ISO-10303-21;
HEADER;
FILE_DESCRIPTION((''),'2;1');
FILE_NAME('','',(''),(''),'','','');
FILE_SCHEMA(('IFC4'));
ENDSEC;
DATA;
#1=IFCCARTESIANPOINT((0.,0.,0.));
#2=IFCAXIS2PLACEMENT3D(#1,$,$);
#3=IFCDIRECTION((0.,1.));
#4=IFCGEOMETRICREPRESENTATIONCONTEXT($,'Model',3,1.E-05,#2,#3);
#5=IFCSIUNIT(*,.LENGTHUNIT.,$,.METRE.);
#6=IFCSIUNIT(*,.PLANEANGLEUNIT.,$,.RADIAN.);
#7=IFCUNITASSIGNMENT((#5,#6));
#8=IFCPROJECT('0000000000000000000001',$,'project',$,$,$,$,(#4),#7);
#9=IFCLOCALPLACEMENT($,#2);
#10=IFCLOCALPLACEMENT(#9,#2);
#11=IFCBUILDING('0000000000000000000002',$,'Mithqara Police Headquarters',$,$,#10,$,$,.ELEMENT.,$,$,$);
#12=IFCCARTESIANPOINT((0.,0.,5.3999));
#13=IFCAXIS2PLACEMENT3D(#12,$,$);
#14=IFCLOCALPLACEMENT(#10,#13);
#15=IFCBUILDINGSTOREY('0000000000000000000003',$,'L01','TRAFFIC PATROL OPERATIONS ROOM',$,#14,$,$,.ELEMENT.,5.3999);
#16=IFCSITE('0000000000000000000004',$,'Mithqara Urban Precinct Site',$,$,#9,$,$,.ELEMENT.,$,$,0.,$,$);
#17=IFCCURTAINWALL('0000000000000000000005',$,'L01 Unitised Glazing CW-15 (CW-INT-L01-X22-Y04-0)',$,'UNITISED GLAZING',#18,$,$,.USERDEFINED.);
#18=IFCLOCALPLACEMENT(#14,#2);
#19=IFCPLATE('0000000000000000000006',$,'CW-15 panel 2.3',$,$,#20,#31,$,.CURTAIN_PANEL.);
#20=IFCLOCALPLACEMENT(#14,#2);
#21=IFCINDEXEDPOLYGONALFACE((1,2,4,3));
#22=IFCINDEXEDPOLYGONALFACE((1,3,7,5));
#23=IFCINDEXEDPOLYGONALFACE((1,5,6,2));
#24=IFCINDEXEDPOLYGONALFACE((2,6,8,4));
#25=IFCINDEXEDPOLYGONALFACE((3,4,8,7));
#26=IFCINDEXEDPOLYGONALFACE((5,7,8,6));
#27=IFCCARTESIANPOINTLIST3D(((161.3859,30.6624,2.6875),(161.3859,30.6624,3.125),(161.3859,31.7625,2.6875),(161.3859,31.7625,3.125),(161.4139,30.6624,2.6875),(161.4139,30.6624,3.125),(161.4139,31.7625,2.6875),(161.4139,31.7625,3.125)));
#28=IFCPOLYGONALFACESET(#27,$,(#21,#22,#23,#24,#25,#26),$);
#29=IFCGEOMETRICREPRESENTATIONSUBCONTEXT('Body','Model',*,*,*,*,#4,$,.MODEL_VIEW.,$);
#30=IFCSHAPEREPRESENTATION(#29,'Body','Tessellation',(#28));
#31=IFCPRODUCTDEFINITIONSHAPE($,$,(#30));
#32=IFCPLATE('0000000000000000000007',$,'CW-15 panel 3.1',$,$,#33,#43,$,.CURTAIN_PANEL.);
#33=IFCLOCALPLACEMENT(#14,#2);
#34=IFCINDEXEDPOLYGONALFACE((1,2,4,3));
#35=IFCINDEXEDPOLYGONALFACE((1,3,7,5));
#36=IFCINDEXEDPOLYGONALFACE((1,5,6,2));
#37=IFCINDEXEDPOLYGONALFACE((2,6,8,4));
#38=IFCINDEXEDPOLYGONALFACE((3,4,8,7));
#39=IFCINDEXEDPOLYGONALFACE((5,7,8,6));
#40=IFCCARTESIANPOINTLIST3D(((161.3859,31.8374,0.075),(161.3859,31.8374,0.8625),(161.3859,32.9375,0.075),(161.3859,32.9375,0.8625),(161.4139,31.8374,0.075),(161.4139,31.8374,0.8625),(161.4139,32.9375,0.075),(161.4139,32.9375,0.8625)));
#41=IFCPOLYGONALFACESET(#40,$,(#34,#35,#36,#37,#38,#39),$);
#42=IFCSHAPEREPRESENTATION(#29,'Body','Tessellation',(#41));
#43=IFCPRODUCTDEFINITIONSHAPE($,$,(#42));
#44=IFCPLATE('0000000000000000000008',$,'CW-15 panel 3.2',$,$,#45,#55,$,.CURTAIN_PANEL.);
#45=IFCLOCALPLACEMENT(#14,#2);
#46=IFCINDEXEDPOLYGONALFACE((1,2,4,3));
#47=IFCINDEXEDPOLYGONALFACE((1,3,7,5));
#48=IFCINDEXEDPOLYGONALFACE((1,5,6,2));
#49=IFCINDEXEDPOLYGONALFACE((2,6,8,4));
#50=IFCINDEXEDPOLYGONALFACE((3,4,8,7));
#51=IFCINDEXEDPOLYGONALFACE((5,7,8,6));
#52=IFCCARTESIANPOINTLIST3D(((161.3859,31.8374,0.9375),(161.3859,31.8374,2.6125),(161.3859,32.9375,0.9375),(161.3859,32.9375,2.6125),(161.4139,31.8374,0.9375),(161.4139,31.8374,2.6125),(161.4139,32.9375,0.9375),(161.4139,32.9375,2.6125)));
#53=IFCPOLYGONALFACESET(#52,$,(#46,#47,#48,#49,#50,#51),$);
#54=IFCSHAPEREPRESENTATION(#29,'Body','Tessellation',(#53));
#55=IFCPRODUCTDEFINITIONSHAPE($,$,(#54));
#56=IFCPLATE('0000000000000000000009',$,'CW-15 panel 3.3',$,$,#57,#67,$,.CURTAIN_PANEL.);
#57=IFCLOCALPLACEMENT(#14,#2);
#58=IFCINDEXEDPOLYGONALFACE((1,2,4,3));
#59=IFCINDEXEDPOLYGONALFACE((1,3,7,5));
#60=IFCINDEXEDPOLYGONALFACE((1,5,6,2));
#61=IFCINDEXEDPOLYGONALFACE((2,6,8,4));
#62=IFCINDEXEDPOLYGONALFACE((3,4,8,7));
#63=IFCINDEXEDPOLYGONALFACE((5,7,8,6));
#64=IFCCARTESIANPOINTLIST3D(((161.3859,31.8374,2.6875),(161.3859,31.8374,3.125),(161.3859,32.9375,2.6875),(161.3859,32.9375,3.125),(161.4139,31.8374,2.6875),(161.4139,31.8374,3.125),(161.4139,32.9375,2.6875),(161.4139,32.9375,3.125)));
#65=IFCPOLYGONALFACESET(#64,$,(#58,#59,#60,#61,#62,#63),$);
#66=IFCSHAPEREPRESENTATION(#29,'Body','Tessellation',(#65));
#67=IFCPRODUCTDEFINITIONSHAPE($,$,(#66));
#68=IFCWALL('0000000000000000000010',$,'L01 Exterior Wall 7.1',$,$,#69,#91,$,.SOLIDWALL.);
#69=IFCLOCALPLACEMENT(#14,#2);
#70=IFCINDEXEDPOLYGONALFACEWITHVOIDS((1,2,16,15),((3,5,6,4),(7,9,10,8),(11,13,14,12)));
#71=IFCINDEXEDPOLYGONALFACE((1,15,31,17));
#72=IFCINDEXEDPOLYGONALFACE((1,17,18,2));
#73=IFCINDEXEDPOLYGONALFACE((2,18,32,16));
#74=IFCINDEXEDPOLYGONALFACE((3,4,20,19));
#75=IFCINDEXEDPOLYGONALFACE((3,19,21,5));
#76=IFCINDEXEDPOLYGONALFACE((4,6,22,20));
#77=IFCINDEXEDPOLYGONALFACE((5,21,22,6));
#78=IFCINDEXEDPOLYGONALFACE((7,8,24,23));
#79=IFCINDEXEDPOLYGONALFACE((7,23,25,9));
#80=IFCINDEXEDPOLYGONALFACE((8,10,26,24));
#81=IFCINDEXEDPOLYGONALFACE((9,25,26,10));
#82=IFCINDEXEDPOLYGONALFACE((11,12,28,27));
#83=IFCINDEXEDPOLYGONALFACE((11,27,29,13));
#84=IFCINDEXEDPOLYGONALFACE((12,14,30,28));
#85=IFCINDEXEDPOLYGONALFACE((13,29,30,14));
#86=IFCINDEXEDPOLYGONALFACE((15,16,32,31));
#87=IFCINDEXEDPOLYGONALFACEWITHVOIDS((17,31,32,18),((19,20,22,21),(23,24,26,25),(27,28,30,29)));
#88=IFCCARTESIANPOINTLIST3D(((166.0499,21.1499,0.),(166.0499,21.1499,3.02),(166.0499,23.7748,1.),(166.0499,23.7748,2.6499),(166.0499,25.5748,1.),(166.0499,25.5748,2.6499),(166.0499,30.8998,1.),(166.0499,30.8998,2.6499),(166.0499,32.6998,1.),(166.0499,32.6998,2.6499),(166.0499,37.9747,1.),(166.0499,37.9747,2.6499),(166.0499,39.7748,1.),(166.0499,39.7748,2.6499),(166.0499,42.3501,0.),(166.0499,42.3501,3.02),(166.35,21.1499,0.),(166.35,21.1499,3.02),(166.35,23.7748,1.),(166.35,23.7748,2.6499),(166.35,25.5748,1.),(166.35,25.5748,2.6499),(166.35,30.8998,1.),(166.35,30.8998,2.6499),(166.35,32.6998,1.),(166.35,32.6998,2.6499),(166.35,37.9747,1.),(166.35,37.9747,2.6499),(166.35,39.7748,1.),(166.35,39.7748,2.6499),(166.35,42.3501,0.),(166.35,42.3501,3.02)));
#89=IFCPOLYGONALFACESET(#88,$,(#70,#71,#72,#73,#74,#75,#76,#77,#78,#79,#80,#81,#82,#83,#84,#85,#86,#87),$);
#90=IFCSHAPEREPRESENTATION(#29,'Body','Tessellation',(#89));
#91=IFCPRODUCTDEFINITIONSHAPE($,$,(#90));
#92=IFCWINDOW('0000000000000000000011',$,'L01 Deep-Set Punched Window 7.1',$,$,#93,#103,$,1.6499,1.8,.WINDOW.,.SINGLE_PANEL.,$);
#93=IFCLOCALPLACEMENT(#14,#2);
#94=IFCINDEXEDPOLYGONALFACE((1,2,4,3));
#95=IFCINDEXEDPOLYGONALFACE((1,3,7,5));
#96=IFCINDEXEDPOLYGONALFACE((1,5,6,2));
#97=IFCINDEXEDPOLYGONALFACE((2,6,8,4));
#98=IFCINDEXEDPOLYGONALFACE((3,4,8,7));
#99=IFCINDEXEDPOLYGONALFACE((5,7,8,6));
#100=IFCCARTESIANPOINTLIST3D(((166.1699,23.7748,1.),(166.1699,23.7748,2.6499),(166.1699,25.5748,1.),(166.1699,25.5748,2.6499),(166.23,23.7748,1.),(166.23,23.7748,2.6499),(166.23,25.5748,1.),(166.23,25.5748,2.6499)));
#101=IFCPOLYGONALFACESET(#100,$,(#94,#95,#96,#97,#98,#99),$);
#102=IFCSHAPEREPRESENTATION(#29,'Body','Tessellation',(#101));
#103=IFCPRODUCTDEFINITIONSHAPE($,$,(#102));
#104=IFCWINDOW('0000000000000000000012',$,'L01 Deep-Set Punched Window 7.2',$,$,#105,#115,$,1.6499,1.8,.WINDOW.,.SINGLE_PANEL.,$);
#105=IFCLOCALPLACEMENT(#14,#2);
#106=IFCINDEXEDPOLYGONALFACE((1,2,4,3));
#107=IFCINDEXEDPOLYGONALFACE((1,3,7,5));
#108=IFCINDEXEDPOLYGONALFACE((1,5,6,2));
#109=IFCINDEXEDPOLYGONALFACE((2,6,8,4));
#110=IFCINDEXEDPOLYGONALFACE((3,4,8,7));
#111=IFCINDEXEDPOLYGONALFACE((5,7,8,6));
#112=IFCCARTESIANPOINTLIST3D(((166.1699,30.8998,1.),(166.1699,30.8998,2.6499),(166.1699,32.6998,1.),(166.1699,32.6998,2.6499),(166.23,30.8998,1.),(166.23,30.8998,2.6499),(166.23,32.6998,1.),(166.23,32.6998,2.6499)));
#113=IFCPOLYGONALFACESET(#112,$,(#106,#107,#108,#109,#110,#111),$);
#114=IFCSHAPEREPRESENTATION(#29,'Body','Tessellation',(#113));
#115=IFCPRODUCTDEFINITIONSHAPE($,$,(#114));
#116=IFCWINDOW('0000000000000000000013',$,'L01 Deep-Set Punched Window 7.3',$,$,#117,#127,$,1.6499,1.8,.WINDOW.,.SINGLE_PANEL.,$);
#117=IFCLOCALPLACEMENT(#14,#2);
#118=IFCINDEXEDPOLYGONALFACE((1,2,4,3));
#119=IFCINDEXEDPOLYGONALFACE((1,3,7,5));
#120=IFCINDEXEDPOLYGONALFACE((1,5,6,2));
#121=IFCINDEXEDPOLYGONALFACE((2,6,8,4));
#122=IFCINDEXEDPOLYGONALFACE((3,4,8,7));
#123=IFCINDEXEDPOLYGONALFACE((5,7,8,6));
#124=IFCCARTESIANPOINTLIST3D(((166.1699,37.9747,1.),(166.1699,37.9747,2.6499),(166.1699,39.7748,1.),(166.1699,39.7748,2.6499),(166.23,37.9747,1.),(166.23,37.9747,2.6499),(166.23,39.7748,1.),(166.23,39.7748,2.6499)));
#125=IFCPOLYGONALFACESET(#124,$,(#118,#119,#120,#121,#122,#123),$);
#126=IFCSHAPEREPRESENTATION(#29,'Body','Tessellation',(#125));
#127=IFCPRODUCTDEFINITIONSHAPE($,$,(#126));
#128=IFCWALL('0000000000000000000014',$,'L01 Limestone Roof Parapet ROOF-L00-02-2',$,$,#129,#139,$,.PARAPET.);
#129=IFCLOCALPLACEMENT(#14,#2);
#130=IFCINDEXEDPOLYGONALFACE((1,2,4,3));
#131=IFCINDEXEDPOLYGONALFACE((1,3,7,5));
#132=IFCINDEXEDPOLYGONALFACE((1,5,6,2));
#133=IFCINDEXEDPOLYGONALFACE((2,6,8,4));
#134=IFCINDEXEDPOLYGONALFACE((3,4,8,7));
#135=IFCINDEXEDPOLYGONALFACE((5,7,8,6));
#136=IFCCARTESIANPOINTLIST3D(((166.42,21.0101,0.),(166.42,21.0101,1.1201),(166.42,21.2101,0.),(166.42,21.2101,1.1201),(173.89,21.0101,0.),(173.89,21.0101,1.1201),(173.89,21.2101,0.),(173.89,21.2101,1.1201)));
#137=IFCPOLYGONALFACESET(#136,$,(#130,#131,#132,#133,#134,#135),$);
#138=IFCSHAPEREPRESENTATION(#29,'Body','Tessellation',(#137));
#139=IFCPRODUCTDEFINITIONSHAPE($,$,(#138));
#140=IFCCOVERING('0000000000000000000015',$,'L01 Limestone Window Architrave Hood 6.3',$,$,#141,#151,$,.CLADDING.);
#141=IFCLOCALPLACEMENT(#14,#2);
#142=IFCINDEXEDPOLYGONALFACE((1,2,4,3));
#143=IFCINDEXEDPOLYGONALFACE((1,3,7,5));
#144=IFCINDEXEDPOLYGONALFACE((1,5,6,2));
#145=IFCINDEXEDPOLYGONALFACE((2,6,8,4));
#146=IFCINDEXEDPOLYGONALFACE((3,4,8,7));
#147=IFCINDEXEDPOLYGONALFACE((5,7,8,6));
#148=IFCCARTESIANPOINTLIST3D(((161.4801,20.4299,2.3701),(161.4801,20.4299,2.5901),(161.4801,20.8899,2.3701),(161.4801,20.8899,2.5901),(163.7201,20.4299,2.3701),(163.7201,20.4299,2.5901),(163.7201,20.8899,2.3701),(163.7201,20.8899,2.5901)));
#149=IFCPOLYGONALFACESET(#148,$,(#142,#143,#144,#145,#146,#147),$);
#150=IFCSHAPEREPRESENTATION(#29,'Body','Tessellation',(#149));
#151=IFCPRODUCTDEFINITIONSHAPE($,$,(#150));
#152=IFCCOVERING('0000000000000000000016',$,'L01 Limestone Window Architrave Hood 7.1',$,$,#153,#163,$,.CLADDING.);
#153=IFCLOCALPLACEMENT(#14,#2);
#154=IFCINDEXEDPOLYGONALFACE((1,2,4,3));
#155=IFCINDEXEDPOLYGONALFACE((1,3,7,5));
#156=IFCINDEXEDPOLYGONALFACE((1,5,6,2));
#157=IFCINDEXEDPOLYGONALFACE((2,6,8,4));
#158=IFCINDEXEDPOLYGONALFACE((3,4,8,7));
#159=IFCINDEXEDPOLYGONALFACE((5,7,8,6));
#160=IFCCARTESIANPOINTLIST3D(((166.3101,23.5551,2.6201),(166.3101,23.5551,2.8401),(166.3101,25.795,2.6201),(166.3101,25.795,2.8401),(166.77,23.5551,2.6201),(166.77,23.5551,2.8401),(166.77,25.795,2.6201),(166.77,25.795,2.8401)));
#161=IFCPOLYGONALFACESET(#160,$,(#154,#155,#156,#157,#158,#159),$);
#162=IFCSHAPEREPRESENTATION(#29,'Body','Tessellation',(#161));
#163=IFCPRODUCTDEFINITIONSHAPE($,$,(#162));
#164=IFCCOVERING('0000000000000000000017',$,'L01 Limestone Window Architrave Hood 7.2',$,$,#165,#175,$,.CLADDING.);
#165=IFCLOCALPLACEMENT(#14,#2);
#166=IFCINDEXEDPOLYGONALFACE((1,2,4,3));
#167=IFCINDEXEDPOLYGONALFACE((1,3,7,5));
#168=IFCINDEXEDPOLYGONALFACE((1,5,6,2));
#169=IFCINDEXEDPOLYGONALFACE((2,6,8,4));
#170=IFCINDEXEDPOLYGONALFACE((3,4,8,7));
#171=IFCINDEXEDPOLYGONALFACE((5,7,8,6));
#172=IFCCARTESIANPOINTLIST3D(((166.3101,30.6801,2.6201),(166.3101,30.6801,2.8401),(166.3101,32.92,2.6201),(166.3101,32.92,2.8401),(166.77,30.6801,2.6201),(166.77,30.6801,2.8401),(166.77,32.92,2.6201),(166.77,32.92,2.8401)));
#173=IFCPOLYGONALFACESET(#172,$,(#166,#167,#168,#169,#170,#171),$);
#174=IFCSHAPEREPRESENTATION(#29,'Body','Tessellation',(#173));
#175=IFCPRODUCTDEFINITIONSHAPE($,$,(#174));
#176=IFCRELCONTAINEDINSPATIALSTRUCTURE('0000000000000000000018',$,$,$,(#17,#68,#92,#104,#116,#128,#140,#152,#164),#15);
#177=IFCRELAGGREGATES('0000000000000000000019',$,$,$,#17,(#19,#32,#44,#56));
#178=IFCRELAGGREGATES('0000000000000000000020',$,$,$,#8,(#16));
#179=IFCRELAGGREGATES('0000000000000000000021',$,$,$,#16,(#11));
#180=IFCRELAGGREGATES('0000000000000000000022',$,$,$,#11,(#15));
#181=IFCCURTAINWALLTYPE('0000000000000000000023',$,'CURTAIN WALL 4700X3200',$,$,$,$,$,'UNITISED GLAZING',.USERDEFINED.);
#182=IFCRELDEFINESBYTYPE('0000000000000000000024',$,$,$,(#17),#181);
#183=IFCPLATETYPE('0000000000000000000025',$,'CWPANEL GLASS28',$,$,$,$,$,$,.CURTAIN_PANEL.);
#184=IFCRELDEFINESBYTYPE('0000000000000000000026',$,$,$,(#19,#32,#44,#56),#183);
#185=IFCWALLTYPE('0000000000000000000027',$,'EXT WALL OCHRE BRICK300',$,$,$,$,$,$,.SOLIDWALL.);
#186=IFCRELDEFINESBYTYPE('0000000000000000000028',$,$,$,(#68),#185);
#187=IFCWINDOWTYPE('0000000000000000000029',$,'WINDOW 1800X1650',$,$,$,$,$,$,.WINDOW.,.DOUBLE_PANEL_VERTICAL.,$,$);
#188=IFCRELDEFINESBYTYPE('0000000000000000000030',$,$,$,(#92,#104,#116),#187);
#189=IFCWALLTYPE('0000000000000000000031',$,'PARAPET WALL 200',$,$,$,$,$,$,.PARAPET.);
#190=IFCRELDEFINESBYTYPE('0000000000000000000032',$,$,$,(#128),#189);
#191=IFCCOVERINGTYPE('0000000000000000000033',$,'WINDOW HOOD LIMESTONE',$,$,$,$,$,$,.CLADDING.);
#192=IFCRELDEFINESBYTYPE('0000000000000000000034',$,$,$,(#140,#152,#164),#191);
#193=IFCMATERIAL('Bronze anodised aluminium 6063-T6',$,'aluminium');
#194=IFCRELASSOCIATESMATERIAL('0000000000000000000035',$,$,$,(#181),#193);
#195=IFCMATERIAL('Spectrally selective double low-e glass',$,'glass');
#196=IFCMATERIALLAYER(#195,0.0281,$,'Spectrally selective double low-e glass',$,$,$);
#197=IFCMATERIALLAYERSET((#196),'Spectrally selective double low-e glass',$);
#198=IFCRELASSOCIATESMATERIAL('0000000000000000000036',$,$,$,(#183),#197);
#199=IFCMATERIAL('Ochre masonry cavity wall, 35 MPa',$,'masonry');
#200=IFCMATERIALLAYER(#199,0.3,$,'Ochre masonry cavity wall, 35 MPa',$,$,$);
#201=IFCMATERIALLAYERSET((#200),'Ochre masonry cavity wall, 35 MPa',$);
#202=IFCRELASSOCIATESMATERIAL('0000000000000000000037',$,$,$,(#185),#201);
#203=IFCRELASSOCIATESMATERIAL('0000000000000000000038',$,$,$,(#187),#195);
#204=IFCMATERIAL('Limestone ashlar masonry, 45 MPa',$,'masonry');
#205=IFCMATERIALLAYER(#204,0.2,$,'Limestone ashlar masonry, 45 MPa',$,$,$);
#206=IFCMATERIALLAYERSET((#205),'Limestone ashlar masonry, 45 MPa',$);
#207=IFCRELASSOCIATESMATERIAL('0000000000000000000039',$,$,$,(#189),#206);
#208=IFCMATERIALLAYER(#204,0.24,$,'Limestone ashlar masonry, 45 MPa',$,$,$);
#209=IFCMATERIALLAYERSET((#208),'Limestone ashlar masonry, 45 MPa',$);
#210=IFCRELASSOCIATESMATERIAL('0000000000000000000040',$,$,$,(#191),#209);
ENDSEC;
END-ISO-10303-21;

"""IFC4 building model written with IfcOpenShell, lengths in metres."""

from ifc_helpers import new_model, si_unit, direction, frame, frame_2d, origin, origin_2d, place, context, subcontext, project, spatial, rectangle, extrude, material, layer, layer_set, type_object, element, fill, aggregate, save


model = new_model("IFC4")

# Units and contexts
model_context = context("Model", 3, precision=1e-05, world=origin(), true_north=direction((0.0, 1.0)))
body_context = subcontext(model_context, "Body", "Model", "MODEL_VIEW")
ifc_project = project(units=[si_unit("LENGTHUNIT", "METRE"), si_unit("PLANEANGLEUNIT", "RADIAN")], contexts=[model_context])

# Site, building, storey
site_placement = place(None, origin())
site = spatial("IfcSite", under=ifc_project, at=site_placement, Name="Mithqara Urban Precinct Site", CompositionType="ELEMENT", RefElevation=0.0)
building_placement = place(site_placement, origin())
building = spatial("IfcBuilding", under=site, at=building_placement, Name="Mithqara Police Headquarters", CompositionType="ELEMENT")
storey_placement = place(building_placement, frame((0.0, 0.0, 5.3999)))
storey = spatial("IfcBuildingStorey", under=building, at=storey_placement, Name="L01", Description="TRAFFIC PATROL OPERATIONS ROOM", CompositionType="ELEMENT", Elevation=5.3999)

# Curtain wall, plates
ifc_material_1 = material(Name="Bronze anodised aluminium 6063-T6", Category="aluminium")
curtain_wall_type = type_object("IfcCurtainWallType", Name="CURTAIN WALL 4700X3200", ElementType="UNITISED GLAZING", PredefinedType="USERDEFINED", material=ifc_material_1)
curtain_wall_placement = place(storey_placement, origin())
curtain_wall = element("IfcCurtainWall", 1, at=curtain_wall_placement, inside=storey, type_object=curtain_wall_type, Name="L01 Unitised Glazing CW-15 (CW-INT-L01-X22-Y04-0)", ObjectType="UNITISED GLAZING", PredefinedType="USERDEFINED")
ifc_material_2 = material(Name="Spectrally selective double low-e glass", Category="glass")
ifc_layer_1 = layer(ifc_material_2, 0.0281, Name="Spectrally selective double low-e glass")
ifc_layer_set_1 = layer_set([ifc_layer_1], Name="Spectrally selective double low-e glass")
plate_type = type_object("IfcPlateType", Name="CWPANEL GLASS28", PredefinedType="CURTAIN_PANEL", material=ifc_layer_set_1)
plate_1_placement = place(storey_placement, frame((161.3999, 31.2124, 2.6875), z_axis=(0.0, 0.0, 1.0), x_axis=(0.0, 1.0, 0.0)))
plate_1 = element("IfcPlate", 2, at=plate_1_placement, type_object=plate_type, Name="CW-15 panel 2.3", PredefinedType="CURTAIN_PANEL", context=body_context, shape_type="SweptSolid", body=[
    extrude(rectangle(XDim=1.1001, YDim=0.0281, at=origin_2d()), origin(), (0.0, 0.0, 1.0), 0.4375),
])
plate_2_placement = place(storey_placement, frame((161.3999, 32.3875, 0.075), z_axis=(0.0, 0.0, 1.0), x_axis=(0.0, 1.0, 0.0)))
plate_2 = element("IfcPlate", 3, at=plate_2_placement, type_object=plate_type, Name="CW-15 panel 3.1", PredefinedType="CURTAIN_PANEL", context=body_context, shape_type="SweptSolid", body=[
    extrude(rectangle(XDim=1.1001, YDim=0.0281, at=origin_2d()), origin(), (0.0, 0.0, 1.0), 0.7876),
])
plate_3_placement = place(storey_placement, frame((161.3999, 32.3875, 0.9375), z_axis=(0.0, 0.0, 1.0), x_axis=(0.0, 1.0, 0.0)))
plate_3 = element("IfcPlate", 4, at=plate_3_placement, type_object=plate_type, Name="CW-15 panel 3.2", PredefinedType="CURTAIN_PANEL", context=body_context, shape_type="SweptSolid", body=[
    extrude(rectangle(XDim=1.1001, YDim=0.0281, at=origin_2d()), origin(), (0.0, 0.0, 1.0), 1.675),
])
plate_4_placement = place(storey_placement, frame((161.3999, 32.3875, 2.6875), z_axis=(0.0, 0.0, 1.0), x_axis=(0.0, 1.0, 0.0)))
plate_4 = element("IfcPlate", 5, at=plate_4_placement, type_object=plate_type, Name="CW-15 panel 3.3", PredefinedType="CURTAIN_PANEL", context=body_context, shape_type="SweptSolid", body=[
    extrude(rectangle(XDim=1.1001, YDim=0.0281, at=origin_2d()), origin(), (0.0, 0.0, 1.0), 0.4375),
])
aggregate(curtain_wall, [plate_1, plate_2, plate_3, plate_4])

# Wall, openings, windows
ifc_material_3 = material(Name="Ochre masonry cavity wall, 35 MPa", Category="masonry")
ifc_layer_2 = layer(ifc_material_3, 0.3, Name="Ochre masonry cavity wall, 35 MPa")
ifc_layer_set_2 = layer_set([ifc_layer_2], Name="Ochre masonry cavity wall, 35 MPa")
wall_type_1 = type_object("IfcWallType", Name="EXT WALL OCHRE BRICK300", PredefinedType="SOLIDWALL", material=ifc_layer_set_2)
wall_1_placement = place(storey_placement, frame((166.2, 21.1499, 0.0), z_axis=(0.0, 0.0, 1.0), x_axis=(0.0, 1.0, 0.0)))
wall_1 = element("IfcWall", 6, at=wall_1_placement, inside=storey, type_object=wall_type_1, Name="L01 Exterior Wall 7.1", PredefinedType="SOLIDWALL", context=body_context, shape_type="SweptSolid", body=[
    extrude(rectangle(XDim=21.2002, YDim=0.3, at=frame_2d((10.6001, 0.0))), origin(), (0.0, 0.0, 1.0), 3.02),
])
opening_1_placement = place(wall_1_placement, frame((2.625, 0.0, 1.0)))
opening_1 = element("IfcOpeningElement", 7, at=opening_1_placement, cuts=wall_1, PredefinedType="OPENING", context=body_context, shape_type="SweptSolid", body=[
    extrude(rectangle(XDim=1.8, YDim=1.6499, at=frame_2d((0.8999, 0.825))), frame((0.0, 0.1602, 0.0), z_axis=(0.0, -1.0, 0.0), x_axis=(1.0, 0.0, 0.0)), (0.0, 0.0, 1.0), 0.3201),
])
opening_2_placement = place(wall_1_placement, frame((9.75, 0.0, 1.0)))
opening_2 = element("IfcOpeningElement", 8, at=opening_2_placement, cuts=wall_1, PredefinedType="OPENING", context=body_context, shape_type="SweptSolid", body=[
    extrude(rectangle(XDim=1.8, YDim=1.6499, at=frame_2d((0.8999, 0.825))), frame((0.0, 0.1602, 0.0), z_axis=(0.0, -1.0, 0.0), x_axis=(1.0, 0.0, 0.0)), (0.0, 0.0, 1.0), 0.3201),
])
opening_3_placement = place(wall_1_placement, frame((16.825, 0.0, 1.0)))
opening_3 = element("IfcOpeningElement", 9, at=opening_3_placement, cuts=wall_1, PredefinedType="OPENING", context=body_context, shape_type="SweptSolid", body=[
    extrude(rectangle(XDim=1.8, YDim=1.6499, at=frame_2d((0.8999, 0.825))), frame((0.0, 0.1602, 0.0), z_axis=(0.0, -1.0, 0.0), x_axis=(1.0, 0.0, 0.0)), (0.0, 0.0, 1.0), 0.3201),
])
window_type = type_object("IfcWindowType", Name="WINDOW 1800X1650", PartitioningType="DOUBLE_PANEL_VERTICAL", PredefinedType="WINDOW", material=ifc_material_2)
window_1_placement = place(opening_1_placement, origin())
window_1 = element("IfcWindow", 10, at=window_1_placement, inside=storey, type_object=window_type, Name="L01 Deep-Set Punched Window 7.1", OverallHeight=1.6499, OverallWidth=1.8, PartitioningType="SINGLE_PANEL", PredefinedType="WINDOW", context=body_context, shape_type="SweptSolid", body=[
    extrude(rectangle(XDim=1.8, YDim=1.6499, at=frame_2d((0.8999, 0.825))), frame((0.0, 0.03, 0.0), z_axis=(0.0, -1.0, 0.0), x_axis=(1.0, 0.0, 0.0)), (0.0, 0.0, 1.0), 0.0601),
])
fill(opening_1, window_1)
window_2_placement = place(opening_2_placement, origin())
window_2 = element("IfcWindow", 11, at=window_2_placement, inside=storey, type_object=window_type, Name="L01 Deep-Set Punched Window 7.2", OverallHeight=1.6499, OverallWidth=1.8, PartitioningType="SINGLE_PANEL", PredefinedType="WINDOW", context=body_context, shape_type="SweptSolid", body=[
    extrude(rectangle(XDim=1.8, YDim=1.6499, at=frame_2d((0.8999, 0.825))), frame((0.0, 0.03, 0.0), z_axis=(0.0, -1.0, 0.0), x_axis=(1.0, 0.0, 0.0)), (0.0, 0.0, 1.0), 0.0601),
])
fill(opening_2, window_2)
window_3_placement = place(opening_3_placement, origin())
window_3 = element("IfcWindow", 12, at=window_3_placement, inside=storey, type_object=window_type, Name="L01 Deep-Set Punched Window 7.3", OverallHeight=1.6499, OverallWidth=1.8, PartitioningType="SINGLE_PANEL", PredefinedType="WINDOW", context=body_context, shape_type="SweptSolid", body=[
    extrude(rectangle(XDim=1.8, YDim=1.6499, at=frame_2d((0.8999, 0.825))), frame((0.0, 0.03, 0.0), z_axis=(0.0, -1.0, 0.0), x_axis=(1.0, 0.0, 0.0)), (0.0, 0.0, 1.0), 0.0601),
])
fill(opening_3, window_3)

# Wall
ifc_material_4 = material(Name="Limestone ashlar masonry, 45 MPa", Category="masonry")
ifc_layer_3 = layer(ifc_material_4, 0.2, Name="Limestone ashlar masonry, 45 MPa")
ifc_layer_set_3 = layer_set([ifc_layer_3], Name="Limestone ashlar masonry, 45 MPa")
wall_type_2 = type_object("IfcWallType", Name="PARAPET WALL 200", PredefinedType="PARAPET", material=ifc_layer_set_3)
wall_2_placement = place(storey_placement, frame((173.8899, 21.1101, 0.0), z_axis=(0.0, 0.0, 1.0), x_axis=(-1.0, 0.0, 0.0)))
element("IfcWall", 13, at=wall_2_placement, inside=storey, type_object=wall_type_2, Name="L01 Limestone Roof Parapet ROOF-L00-02-2", PredefinedType="PARAPET", context=body_context, shape_type="SweptSolid", body=[
    extrude(rectangle(XDim=7.47, YDim=0.2, at=frame_2d((3.7349, 0.0))), origin(), (0.0, 0.0, 1.0), 1.1201),
])

# Coverings
ifc_layer_4 = layer(ifc_material_4, 0.24, Name="Limestone ashlar masonry, 45 MPa")
ifc_layer_set_4 = layer_set([ifc_layer_4], Name="Limestone ashlar masonry, 45 MPa")
covering_type = type_object("IfcCoveringType", Name="WINDOW HOOD LIMESTONE", PredefinedType="CLADDING", material=ifc_layer_set_4)
for number, where, z_axis, x_axis, name in (
    (14, (162.6001, 20.6599, 2.3701), (0.0, 0.0, 1.0), (1.0, 0.0, 0.0), "L01 Limestone Window Architrave Hood 6.3"),
    (15, (166.54, 24.675, 2.6201), (0.0, 0.0, 1.0), (0.0, 1.0, 0.0), "L01 Limestone Window Architrave Hood 7.1"),
    (16, (166.54, 31.8, 2.6201), (0.0, 0.0, 1.0), (0.0, 1.0, 0.0), "L01 Limestone Window Architrave Hood 7.2"),
):
    element("IfcCovering", number, at=place(storey_placement, frame(where, z_axis=z_axis, x_axis=x_axis)), inside=storey, type_object=covering_type, Name=name, PredefinedType="CLADDING", context=body_context, shape_type="SweptSolid", body=[
        extrude(rectangle(XDim=2.24, YDim=0.46, at=origin_2d()), origin(), (0.0, 0.0, 1.0), 0.22),
    ])

save(model, "model.ifc")
